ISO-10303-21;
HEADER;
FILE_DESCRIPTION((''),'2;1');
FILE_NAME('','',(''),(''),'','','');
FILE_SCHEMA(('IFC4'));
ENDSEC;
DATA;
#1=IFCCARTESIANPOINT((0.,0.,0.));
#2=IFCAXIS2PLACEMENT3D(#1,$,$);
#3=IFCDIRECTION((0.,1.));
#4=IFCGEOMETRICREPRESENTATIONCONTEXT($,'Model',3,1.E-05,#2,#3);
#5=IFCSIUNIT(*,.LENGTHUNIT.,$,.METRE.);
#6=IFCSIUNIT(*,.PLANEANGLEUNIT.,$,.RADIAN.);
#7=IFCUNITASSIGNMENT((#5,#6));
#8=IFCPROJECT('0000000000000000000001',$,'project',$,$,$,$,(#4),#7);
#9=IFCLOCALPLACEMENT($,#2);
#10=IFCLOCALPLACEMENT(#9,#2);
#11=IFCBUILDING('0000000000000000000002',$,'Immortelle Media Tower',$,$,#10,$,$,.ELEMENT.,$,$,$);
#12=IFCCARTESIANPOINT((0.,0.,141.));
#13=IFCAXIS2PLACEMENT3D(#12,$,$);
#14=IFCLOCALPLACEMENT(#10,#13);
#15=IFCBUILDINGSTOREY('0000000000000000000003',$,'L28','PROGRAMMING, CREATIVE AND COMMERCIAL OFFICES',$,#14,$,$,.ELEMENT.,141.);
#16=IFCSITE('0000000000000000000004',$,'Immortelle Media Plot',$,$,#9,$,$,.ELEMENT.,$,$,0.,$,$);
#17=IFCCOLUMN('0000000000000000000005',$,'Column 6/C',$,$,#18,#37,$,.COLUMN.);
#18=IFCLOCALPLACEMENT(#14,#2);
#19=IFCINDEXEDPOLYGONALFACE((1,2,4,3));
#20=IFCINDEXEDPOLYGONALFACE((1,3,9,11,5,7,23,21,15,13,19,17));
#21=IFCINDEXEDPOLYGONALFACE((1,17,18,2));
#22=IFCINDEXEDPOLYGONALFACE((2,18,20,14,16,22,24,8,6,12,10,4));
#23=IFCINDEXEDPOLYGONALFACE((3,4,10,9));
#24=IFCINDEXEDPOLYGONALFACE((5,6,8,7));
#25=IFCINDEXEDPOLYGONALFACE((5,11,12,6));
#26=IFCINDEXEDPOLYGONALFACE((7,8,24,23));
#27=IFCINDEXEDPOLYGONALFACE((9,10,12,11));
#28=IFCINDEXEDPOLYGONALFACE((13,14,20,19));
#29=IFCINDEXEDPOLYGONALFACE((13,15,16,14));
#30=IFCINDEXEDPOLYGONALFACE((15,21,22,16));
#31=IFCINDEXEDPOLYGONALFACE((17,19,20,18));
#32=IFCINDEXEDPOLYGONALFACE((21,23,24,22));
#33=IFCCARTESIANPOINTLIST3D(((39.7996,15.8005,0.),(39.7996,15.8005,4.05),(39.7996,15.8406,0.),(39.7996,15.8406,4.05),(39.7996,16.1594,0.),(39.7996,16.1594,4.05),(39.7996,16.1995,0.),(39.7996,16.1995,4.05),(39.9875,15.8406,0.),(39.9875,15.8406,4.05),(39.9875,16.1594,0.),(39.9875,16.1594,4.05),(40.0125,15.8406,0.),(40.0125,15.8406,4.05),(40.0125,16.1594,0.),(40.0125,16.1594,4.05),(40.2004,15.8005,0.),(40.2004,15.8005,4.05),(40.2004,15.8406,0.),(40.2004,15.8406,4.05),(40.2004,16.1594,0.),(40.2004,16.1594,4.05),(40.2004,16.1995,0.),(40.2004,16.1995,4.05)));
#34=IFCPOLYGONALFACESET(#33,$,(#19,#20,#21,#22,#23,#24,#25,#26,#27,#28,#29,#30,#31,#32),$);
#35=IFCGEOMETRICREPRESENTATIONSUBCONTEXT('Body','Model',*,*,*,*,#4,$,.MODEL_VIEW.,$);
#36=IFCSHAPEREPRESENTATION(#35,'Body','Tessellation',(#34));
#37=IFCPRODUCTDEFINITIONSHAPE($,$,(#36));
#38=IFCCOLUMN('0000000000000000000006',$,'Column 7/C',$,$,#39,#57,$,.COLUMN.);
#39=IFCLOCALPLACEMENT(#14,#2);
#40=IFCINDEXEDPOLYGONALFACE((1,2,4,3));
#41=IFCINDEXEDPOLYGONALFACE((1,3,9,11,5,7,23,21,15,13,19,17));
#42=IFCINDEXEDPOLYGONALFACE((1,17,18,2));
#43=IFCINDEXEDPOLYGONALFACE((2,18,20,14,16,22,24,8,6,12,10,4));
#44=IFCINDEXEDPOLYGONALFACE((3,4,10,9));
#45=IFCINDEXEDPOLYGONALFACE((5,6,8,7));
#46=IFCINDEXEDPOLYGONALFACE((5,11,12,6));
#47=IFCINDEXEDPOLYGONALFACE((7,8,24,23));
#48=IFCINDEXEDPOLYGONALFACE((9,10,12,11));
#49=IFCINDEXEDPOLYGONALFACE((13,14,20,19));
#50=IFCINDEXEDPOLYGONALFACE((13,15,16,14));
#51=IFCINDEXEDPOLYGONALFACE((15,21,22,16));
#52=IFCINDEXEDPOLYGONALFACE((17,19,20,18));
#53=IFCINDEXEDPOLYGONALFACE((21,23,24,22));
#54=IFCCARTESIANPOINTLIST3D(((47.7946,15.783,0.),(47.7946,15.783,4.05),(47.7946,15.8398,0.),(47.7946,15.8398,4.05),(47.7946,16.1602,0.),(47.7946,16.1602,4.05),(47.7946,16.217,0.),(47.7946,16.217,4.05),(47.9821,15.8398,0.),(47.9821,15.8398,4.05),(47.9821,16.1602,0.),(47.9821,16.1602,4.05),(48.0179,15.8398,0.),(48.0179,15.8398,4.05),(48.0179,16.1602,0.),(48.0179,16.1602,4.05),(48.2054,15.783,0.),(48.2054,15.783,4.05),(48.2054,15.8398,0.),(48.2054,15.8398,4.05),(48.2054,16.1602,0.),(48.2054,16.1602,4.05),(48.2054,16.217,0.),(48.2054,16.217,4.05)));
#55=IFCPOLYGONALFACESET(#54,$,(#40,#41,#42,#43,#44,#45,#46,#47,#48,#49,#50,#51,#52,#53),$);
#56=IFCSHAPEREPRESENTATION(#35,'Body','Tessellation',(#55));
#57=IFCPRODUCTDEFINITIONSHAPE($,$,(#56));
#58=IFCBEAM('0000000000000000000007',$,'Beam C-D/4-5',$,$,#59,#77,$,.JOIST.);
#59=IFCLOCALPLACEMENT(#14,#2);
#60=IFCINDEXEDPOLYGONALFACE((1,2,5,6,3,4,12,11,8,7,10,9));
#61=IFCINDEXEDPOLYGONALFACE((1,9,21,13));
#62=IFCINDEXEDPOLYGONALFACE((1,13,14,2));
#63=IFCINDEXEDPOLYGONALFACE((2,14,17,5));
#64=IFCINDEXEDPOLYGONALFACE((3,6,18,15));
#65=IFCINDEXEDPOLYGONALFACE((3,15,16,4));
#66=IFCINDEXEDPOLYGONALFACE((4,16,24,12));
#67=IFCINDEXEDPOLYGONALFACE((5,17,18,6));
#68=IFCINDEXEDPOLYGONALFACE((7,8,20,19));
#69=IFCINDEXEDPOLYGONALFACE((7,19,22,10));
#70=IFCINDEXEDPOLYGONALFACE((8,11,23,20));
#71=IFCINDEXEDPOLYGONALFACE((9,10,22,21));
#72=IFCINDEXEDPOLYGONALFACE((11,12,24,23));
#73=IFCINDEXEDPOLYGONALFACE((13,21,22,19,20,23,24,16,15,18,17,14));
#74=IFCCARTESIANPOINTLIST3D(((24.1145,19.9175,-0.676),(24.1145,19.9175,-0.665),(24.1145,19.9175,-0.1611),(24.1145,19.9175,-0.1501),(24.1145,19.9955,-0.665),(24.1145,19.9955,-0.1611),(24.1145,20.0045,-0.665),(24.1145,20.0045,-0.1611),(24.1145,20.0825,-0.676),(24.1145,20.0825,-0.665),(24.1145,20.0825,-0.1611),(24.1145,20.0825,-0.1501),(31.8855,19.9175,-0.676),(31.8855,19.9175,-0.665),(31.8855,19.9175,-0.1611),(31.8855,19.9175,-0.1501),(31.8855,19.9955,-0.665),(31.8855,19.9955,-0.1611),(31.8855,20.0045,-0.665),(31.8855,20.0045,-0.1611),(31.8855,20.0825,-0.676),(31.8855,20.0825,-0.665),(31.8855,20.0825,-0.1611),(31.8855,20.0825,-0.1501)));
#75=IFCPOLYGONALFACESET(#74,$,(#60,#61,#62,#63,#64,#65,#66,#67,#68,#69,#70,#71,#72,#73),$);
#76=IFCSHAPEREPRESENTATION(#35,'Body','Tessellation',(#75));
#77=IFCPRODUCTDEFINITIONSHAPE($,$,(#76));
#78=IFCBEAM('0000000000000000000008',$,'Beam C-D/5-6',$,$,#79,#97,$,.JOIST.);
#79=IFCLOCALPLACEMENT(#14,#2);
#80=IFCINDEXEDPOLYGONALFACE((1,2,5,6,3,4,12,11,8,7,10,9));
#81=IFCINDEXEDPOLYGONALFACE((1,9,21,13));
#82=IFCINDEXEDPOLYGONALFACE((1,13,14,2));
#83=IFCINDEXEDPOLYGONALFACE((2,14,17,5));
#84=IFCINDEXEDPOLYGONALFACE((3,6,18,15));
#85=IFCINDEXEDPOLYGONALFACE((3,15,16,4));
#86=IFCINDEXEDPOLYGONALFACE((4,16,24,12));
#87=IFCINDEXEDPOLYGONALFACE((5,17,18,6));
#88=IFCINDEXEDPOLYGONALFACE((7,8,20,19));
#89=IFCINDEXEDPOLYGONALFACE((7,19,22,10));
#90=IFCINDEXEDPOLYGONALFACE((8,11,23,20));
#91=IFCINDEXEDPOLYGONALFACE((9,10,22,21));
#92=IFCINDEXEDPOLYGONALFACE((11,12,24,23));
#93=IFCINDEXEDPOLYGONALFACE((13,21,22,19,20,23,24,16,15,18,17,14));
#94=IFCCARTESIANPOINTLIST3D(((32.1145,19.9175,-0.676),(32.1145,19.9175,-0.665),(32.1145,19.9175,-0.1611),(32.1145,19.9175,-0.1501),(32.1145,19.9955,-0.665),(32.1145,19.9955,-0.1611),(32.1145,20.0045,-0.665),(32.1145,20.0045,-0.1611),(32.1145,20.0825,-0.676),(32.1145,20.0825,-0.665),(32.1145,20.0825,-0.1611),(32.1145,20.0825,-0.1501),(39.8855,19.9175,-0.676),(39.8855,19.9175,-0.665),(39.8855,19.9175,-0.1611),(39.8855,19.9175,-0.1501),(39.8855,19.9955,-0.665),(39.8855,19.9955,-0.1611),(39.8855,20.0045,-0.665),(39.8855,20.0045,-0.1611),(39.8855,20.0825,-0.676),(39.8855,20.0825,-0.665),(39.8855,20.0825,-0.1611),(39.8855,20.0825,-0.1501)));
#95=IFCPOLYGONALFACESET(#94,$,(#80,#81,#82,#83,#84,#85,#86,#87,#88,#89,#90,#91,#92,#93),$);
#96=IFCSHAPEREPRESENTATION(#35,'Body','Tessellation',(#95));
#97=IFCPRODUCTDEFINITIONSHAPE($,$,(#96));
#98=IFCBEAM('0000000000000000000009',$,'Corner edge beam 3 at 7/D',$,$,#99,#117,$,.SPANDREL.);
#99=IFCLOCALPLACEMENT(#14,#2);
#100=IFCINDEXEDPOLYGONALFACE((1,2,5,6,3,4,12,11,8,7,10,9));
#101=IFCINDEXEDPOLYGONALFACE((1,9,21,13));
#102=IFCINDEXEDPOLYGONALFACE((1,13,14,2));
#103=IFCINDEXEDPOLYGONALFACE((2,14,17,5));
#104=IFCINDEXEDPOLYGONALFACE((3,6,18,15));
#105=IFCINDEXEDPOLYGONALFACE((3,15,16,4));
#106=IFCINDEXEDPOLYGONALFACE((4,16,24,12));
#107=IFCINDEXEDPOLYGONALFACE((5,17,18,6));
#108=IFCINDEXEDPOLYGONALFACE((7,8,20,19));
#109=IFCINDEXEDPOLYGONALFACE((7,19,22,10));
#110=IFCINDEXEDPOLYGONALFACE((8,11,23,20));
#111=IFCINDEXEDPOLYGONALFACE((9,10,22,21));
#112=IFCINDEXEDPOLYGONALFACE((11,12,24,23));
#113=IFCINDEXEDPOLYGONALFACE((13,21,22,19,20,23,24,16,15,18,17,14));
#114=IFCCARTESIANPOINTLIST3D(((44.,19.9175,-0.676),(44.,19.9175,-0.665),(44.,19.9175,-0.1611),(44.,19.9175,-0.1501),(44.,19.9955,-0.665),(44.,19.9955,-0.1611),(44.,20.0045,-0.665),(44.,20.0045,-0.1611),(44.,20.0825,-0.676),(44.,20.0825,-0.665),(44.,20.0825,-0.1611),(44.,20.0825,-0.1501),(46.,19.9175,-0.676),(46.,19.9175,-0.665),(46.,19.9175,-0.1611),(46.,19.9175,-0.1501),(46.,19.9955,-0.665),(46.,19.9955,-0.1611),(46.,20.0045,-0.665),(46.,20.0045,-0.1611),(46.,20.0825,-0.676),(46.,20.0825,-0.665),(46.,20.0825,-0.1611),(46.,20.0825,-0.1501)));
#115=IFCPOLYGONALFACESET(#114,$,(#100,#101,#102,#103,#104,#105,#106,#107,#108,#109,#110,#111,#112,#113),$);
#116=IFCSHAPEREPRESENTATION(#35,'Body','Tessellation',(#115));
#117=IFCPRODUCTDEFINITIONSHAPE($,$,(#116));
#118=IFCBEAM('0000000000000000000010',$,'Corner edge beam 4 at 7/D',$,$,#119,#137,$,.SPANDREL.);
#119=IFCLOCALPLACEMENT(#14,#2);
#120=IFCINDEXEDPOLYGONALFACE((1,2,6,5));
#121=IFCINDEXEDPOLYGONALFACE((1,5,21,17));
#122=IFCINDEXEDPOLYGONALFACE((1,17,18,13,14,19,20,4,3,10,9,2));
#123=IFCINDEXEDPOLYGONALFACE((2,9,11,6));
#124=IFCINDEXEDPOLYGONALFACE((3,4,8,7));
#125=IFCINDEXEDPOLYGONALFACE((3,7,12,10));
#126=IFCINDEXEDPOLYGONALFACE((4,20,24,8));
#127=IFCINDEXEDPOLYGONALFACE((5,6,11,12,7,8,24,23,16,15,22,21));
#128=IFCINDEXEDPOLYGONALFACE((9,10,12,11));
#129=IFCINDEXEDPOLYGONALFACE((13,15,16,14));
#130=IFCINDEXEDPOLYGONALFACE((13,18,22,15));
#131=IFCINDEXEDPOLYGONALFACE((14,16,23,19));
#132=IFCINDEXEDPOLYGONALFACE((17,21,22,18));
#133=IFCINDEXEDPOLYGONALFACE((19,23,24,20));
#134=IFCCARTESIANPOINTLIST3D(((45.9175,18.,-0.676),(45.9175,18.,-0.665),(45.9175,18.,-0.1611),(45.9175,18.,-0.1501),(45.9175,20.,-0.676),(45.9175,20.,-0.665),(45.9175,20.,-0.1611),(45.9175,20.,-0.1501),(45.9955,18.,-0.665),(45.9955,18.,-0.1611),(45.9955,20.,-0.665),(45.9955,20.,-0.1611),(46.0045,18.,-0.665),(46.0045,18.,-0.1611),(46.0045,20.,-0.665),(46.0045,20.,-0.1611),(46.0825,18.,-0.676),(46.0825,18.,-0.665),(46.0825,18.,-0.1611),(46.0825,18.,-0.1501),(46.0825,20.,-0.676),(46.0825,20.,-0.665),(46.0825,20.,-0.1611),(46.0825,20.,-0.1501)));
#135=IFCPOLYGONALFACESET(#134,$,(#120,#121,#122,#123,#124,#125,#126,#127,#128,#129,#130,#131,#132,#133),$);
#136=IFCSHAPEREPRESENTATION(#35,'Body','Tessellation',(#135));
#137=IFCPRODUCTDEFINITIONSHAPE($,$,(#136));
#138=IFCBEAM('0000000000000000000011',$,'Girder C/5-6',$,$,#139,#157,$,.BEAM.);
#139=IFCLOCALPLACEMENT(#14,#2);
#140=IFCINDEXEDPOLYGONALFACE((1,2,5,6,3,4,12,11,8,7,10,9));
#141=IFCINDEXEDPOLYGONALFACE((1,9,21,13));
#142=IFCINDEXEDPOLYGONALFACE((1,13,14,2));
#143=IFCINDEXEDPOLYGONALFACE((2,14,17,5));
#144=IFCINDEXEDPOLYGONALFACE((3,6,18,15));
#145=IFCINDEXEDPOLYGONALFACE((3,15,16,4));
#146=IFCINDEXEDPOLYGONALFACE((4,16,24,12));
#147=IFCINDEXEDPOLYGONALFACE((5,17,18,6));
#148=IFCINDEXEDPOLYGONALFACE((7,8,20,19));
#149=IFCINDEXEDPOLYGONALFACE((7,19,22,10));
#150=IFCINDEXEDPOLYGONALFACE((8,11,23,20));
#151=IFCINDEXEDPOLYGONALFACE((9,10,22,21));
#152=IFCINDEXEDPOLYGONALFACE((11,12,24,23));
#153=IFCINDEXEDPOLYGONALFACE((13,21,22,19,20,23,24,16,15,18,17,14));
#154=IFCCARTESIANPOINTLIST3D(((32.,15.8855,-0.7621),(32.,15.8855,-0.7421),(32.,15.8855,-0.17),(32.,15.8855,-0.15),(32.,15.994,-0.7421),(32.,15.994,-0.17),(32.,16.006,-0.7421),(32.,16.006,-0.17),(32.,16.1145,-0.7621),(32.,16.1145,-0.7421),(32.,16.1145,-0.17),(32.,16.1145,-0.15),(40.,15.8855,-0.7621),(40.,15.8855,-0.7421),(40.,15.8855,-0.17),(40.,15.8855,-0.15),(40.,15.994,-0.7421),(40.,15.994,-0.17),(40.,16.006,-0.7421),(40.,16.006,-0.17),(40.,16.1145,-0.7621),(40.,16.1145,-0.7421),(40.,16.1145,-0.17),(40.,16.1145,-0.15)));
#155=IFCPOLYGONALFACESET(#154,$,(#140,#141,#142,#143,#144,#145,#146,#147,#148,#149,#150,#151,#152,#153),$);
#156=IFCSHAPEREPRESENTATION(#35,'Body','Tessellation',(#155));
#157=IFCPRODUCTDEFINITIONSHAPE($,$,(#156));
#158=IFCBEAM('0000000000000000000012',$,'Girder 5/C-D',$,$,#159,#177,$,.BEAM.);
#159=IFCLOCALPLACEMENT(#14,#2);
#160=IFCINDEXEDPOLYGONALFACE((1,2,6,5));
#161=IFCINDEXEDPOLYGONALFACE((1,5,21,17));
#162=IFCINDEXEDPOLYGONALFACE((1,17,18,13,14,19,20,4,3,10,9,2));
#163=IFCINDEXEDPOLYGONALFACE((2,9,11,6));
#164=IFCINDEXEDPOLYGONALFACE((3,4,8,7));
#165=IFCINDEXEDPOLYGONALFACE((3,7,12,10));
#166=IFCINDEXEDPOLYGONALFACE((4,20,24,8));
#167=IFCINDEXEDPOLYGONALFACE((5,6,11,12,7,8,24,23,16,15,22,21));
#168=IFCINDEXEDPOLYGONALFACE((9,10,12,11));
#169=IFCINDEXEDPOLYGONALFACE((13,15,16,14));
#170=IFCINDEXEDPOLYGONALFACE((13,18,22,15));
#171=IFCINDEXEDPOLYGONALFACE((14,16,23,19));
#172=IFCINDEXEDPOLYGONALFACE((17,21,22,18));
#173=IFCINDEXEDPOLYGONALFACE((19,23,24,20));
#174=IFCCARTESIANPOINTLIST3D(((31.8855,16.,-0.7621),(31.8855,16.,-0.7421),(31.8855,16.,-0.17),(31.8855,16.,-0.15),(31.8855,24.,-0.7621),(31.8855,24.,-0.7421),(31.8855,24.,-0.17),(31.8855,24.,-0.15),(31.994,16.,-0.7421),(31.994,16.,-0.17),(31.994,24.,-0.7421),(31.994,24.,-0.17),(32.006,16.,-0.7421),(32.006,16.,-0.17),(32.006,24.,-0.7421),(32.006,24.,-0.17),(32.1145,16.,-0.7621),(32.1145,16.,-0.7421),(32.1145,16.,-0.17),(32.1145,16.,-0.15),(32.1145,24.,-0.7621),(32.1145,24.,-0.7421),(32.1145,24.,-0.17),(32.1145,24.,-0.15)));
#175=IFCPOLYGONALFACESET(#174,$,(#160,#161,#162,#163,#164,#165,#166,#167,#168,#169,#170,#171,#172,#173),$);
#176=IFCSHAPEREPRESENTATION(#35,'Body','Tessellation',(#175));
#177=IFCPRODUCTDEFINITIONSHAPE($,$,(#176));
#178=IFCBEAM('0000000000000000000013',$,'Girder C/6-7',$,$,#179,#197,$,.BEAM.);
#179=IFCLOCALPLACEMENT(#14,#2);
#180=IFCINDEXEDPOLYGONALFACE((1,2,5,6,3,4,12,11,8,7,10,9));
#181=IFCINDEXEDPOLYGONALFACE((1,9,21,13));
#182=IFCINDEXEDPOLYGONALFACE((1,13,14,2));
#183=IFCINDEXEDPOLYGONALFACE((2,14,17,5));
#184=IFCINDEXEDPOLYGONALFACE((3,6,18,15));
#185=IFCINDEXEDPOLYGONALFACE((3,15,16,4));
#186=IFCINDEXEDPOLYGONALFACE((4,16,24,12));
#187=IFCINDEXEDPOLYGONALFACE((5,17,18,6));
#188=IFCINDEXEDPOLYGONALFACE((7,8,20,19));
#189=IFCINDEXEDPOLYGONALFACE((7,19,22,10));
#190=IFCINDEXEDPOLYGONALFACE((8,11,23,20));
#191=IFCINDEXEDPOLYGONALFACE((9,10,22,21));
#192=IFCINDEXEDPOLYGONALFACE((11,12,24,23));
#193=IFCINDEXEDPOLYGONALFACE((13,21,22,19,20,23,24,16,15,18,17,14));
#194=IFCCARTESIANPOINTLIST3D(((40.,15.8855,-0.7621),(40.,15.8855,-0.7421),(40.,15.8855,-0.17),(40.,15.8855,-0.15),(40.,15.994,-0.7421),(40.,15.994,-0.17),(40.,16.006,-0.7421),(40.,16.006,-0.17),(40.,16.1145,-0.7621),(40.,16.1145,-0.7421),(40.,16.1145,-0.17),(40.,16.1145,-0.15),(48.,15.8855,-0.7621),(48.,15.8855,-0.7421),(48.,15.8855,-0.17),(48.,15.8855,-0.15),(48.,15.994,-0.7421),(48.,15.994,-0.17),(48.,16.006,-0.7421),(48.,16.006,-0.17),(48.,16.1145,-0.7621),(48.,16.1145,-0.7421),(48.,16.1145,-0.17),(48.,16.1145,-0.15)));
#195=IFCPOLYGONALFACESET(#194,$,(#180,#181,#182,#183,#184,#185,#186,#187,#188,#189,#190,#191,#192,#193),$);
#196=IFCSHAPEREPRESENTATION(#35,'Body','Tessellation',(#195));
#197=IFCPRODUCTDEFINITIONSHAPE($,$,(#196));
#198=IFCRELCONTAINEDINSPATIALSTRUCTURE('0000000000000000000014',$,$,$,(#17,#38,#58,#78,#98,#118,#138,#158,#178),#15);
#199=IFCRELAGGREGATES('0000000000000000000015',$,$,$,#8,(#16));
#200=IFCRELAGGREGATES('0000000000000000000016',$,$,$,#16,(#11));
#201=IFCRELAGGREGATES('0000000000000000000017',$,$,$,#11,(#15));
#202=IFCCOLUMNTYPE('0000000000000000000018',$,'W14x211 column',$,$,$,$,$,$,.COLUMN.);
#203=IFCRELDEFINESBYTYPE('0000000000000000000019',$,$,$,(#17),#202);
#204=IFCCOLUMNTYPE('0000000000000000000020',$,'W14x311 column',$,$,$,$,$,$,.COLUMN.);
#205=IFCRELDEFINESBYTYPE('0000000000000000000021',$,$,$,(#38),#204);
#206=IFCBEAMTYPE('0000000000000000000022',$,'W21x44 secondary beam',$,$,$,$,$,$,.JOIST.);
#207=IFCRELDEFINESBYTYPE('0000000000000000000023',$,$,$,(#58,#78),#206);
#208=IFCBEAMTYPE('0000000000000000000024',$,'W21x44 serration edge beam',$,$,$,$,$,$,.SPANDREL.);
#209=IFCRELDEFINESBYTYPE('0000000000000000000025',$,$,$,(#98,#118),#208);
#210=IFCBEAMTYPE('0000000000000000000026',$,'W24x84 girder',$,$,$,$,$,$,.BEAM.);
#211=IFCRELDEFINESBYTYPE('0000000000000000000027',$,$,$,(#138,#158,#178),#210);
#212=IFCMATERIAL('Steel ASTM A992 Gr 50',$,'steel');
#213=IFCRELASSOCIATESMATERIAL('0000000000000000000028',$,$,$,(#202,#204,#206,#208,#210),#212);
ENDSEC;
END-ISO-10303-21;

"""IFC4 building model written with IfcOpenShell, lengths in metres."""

from ifc_helpers import new_model, si_unit, direction, frame, origin, origin_2d, place, context, subcontext, project, spatial, i_section, extrude, material, material_profile, profile_set, type_object, element, save


model = new_model("IFC4")

# Units and contexts
model_context = context("Model", 3, precision=1e-05, world=origin(), true_north=direction((0.0, 1.0)))
body_context = subcontext(model_context, "Body", "Model", "MODEL_VIEW")
ifc_project = project(units=[si_unit("LENGTHUNIT", "METRE"), si_unit("PLANEANGLEUNIT", "RADIAN")], contexts=[model_context])

# Site, building, storey
site_placement = place(None, origin())
site = spatial("IfcSite", under=ifc_project, at=site_placement, Name="Immortelle Media Plot", CompositionType="ELEMENT", RefElevation=0.0)
building_placement = place(site_placement, origin())
building = spatial("IfcBuilding", under=site, at=building_placement, Name="Immortelle Media Tower", CompositionType="ELEMENT")
storey_placement = place(building_placement, frame((0.0, 0.0, 141.0)))
storey = spatial("IfcBuildingStorey", under=building, at=storey_placement, Name="L28", Description="PROGRAMMING, CREATIVE AND COMMERCIAL OFFICES", CompositionType="ELEMENT", Elevation=141.0)

# Columns
ifc_material_1 = material(Name="Steel ASTM A992 Gr 50", Category="steel")
ifc_material_profile_1 = material_profile(ifc_material_1, i_section(OverallWidth=0.4009, OverallDepth=0.3989, WebThickness=0.0249, FlangeThickness=0.04, at=origin_2d()), Name="W14x211")
ifc_profile_set_1 = profile_set([ifc_material_profile_1], Name="Steel ASTM A992 Gr 50")
column_type_1 = type_object("IfcColumnType", Name="W14x211 column", PredefinedType="COLUMN", material=ifc_profile_set_1)
column_1_placement = place(storey_placement, frame((40.0, 16.0, 0.0), z_axis=(0.0, 0.0, 1.0), x_axis=(1.0, 0.0, 0.0)))
element("IfcColumn", 1, at=column_1_placement, inside=storey, type_object=column_type_1, Name="Column 6/C", PredefinedType="COLUMN", context=body_context, shape_type="SweptSolid", body=[
    extrude(i_section(OverallWidth=0.4009, OverallDepth=0.3989, WebThickness=0.0249, FlangeThickness=0.04, at=origin_2d()), origin(), (0.0, 0.0, 1.0), 4.05),
])
ifc_material_profile_2 = material_profile(ifc_material_1, i_section(OverallWidth=0.4109, OverallDepth=0.4341, WebThickness=0.0359, FlangeThickness=0.0569, at=origin_2d()), Name="W14x311")
ifc_profile_set_2 = profile_set([ifc_material_profile_2], Name="Steel ASTM A992 Gr 50")
column_type_2 = type_object("IfcColumnType", Name="W14x311 column", PredefinedType="COLUMN", material=ifc_profile_set_2)
column_2_placement = place(storey_placement, frame((48.0, 16.0, 0.0), z_axis=(0.0, 0.0, 1.0), x_axis=(1.0, 0.0, 0.0)))
element("IfcColumn", 2, at=column_2_placement, inside=storey, type_object=column_type_2, Name="Column 7/C", PredefinedType="COLUMN", context=body_context, shape_type="SweptSolid", body=[
    extrude(i_section(OverallWidth=0.4109, OverallDepth=0.4341, WebThickness=0.0359, FlangeThickness=0.0569, at=origin_2d()), origin(), (0.0, 0.0, 1.0), 4.05),
])

# Beams
ifc_material_profile_3 = material_profile(ifc_material_1, i_section(OverallWidth=0.165, OverallDepth=0.5259, WebThickness=0.009, FlangeThickness=0.011, at=origin_2d()), Name="W21x44")
ifc_profile_set_3 = profile_set([ifc_material_profile_3], Name="Steel ASTM A992 Gr 50")
beam_type_1 = type_object("IfcBeamType", Name="W21x44 secondary beam", PredefinedType="JOIST", material=ifc_profile_set_3)
for number, where, z_axis, x_axis, name in (
    (3, (24.1145, 20.0, -0.4131), (1.0, 0.0, 0.0), (0.0, 1.0, 0.0), "Beam C-D/4-5"),
    (4, (32.1145, 20.0, -0.4131), (1.0, 0.0, 0.0), (0.0, 1.0, 0.0), "Beam C-D/5-6"),
):
    element("IfcBeam", number, at=place(storey_placement, frame(where, z_axis=z_axis, x_axis=x_axis)), inside=storey, type_object=beam_type_1, Name=name, PredefinedType="JOIST", context=body_context, shape_type="SweptSolid", body=[
        extrude(i_section(OverallWidth=0.165, OverallDepth=0.5259, WebThickness=0.009, FlangeThickness=0.011, at=origin_2d()), origin(), (0.0, 0.0, 1.0), 7.771),
    ])
ifc_material_profile_4 = material_profile(ifc_material_1, i_section(OverallWidth=0.165, OverallDepth=0.5259, WebThickness=0.009, FlangeThickness=0.011, at=origin_2d()), Name="W21x44")
ifc_profile_set_4 = profile_set([ifc_material_profile_4], Name="Steel ASTM A992 Gr 50")
beam_type_2 = type_object("IfcBeamType", Name="W21x44 serration edge beam", PredefinedType="SPANDREL", material=ifc_profile_set_4)
for number, where, z_axis, x_axis, name in (
    (5, (44.0, 20.0, -0.4131), (1.0, 0.0, 0.0), (0.0, 1.0, 0.0), "Corner edge beam 3 at 7/D"),
    (6, (46.0, 20.0, -0.4131), (0.0, -1.0, 0.0), (1.0, 0.0, 0.0), "Corner edge beam 4 at 7/D"),
):
    element("IfcBeam", number, at=place(storey_placement, frame(where, z_axis=z_axis, x_axis=x_axis)), inside=storey, type_object=beam_type_2, Name=name, PredefinedType="SPANDREL", context=body_context, shape_type="SweptSolid", body=[
        extrude(i_section(OverallWidth=0.165, OverallDepth=0.5259, WebThickness=0.009, FlangeThickness=0.011, at=origin_2d()), origin(), (0.0, 0.0, 1.0), 2.0),
    ])
ifc_material_profile_5 = material_profile(ifc_material_1, i_section(OverallWidth=0.229, OverallDepth=0.6121, WebThickness=0.012, FlangeThickness=0.02, at=origin_2d()), Name="W24x84")
ifc_profile_set_5 = profile_set([ifc_material_profile_5], Name="Steel ASTM A992 Gr 50")
beam_type_3 = type_object("IfcBeamType", Name="W24x84 girder", PredefinedType="BEAM", material=ifc_profile_set_5)
for number, where, z_axis, x_axis, name in (
    (7, (32.0, 16.0, -0.4561), (1.0, 0.0, 0.0), (0.0, 1.0, 0.0), "Girder C/5-6"),
    (8, (32.0, 16.0, -0.4561), (0.0, 1.0, 0.0), (-1.0, 0.0, 0.0), "Girder 5/C-D"),
    (9, (40.0, 16.0, -0.4561), (1.0, 0.0, 0.0), (0.0, 1.0, 0.0), "Girder C/6-7"),
):
    element("IfcBeam", number, at=place(storey_placement, frame(where, z_axis=z_axis, x_axis=x_axis)), inside=storey, type_object=beam_type_3, Name=name, PredefinedType="BEAM", context=body_context, shape_type="SweptSolid", body=[
        extrude(i_section(OverallWidth=0.229, OverallDepth=0.6121, WebThickness=0.012, FlangeThickness=0.02, at=origin_2d()), origin(), (0.0, 0.0, 1.0), 8.0),
    ])

save(model, "model.ifc")
